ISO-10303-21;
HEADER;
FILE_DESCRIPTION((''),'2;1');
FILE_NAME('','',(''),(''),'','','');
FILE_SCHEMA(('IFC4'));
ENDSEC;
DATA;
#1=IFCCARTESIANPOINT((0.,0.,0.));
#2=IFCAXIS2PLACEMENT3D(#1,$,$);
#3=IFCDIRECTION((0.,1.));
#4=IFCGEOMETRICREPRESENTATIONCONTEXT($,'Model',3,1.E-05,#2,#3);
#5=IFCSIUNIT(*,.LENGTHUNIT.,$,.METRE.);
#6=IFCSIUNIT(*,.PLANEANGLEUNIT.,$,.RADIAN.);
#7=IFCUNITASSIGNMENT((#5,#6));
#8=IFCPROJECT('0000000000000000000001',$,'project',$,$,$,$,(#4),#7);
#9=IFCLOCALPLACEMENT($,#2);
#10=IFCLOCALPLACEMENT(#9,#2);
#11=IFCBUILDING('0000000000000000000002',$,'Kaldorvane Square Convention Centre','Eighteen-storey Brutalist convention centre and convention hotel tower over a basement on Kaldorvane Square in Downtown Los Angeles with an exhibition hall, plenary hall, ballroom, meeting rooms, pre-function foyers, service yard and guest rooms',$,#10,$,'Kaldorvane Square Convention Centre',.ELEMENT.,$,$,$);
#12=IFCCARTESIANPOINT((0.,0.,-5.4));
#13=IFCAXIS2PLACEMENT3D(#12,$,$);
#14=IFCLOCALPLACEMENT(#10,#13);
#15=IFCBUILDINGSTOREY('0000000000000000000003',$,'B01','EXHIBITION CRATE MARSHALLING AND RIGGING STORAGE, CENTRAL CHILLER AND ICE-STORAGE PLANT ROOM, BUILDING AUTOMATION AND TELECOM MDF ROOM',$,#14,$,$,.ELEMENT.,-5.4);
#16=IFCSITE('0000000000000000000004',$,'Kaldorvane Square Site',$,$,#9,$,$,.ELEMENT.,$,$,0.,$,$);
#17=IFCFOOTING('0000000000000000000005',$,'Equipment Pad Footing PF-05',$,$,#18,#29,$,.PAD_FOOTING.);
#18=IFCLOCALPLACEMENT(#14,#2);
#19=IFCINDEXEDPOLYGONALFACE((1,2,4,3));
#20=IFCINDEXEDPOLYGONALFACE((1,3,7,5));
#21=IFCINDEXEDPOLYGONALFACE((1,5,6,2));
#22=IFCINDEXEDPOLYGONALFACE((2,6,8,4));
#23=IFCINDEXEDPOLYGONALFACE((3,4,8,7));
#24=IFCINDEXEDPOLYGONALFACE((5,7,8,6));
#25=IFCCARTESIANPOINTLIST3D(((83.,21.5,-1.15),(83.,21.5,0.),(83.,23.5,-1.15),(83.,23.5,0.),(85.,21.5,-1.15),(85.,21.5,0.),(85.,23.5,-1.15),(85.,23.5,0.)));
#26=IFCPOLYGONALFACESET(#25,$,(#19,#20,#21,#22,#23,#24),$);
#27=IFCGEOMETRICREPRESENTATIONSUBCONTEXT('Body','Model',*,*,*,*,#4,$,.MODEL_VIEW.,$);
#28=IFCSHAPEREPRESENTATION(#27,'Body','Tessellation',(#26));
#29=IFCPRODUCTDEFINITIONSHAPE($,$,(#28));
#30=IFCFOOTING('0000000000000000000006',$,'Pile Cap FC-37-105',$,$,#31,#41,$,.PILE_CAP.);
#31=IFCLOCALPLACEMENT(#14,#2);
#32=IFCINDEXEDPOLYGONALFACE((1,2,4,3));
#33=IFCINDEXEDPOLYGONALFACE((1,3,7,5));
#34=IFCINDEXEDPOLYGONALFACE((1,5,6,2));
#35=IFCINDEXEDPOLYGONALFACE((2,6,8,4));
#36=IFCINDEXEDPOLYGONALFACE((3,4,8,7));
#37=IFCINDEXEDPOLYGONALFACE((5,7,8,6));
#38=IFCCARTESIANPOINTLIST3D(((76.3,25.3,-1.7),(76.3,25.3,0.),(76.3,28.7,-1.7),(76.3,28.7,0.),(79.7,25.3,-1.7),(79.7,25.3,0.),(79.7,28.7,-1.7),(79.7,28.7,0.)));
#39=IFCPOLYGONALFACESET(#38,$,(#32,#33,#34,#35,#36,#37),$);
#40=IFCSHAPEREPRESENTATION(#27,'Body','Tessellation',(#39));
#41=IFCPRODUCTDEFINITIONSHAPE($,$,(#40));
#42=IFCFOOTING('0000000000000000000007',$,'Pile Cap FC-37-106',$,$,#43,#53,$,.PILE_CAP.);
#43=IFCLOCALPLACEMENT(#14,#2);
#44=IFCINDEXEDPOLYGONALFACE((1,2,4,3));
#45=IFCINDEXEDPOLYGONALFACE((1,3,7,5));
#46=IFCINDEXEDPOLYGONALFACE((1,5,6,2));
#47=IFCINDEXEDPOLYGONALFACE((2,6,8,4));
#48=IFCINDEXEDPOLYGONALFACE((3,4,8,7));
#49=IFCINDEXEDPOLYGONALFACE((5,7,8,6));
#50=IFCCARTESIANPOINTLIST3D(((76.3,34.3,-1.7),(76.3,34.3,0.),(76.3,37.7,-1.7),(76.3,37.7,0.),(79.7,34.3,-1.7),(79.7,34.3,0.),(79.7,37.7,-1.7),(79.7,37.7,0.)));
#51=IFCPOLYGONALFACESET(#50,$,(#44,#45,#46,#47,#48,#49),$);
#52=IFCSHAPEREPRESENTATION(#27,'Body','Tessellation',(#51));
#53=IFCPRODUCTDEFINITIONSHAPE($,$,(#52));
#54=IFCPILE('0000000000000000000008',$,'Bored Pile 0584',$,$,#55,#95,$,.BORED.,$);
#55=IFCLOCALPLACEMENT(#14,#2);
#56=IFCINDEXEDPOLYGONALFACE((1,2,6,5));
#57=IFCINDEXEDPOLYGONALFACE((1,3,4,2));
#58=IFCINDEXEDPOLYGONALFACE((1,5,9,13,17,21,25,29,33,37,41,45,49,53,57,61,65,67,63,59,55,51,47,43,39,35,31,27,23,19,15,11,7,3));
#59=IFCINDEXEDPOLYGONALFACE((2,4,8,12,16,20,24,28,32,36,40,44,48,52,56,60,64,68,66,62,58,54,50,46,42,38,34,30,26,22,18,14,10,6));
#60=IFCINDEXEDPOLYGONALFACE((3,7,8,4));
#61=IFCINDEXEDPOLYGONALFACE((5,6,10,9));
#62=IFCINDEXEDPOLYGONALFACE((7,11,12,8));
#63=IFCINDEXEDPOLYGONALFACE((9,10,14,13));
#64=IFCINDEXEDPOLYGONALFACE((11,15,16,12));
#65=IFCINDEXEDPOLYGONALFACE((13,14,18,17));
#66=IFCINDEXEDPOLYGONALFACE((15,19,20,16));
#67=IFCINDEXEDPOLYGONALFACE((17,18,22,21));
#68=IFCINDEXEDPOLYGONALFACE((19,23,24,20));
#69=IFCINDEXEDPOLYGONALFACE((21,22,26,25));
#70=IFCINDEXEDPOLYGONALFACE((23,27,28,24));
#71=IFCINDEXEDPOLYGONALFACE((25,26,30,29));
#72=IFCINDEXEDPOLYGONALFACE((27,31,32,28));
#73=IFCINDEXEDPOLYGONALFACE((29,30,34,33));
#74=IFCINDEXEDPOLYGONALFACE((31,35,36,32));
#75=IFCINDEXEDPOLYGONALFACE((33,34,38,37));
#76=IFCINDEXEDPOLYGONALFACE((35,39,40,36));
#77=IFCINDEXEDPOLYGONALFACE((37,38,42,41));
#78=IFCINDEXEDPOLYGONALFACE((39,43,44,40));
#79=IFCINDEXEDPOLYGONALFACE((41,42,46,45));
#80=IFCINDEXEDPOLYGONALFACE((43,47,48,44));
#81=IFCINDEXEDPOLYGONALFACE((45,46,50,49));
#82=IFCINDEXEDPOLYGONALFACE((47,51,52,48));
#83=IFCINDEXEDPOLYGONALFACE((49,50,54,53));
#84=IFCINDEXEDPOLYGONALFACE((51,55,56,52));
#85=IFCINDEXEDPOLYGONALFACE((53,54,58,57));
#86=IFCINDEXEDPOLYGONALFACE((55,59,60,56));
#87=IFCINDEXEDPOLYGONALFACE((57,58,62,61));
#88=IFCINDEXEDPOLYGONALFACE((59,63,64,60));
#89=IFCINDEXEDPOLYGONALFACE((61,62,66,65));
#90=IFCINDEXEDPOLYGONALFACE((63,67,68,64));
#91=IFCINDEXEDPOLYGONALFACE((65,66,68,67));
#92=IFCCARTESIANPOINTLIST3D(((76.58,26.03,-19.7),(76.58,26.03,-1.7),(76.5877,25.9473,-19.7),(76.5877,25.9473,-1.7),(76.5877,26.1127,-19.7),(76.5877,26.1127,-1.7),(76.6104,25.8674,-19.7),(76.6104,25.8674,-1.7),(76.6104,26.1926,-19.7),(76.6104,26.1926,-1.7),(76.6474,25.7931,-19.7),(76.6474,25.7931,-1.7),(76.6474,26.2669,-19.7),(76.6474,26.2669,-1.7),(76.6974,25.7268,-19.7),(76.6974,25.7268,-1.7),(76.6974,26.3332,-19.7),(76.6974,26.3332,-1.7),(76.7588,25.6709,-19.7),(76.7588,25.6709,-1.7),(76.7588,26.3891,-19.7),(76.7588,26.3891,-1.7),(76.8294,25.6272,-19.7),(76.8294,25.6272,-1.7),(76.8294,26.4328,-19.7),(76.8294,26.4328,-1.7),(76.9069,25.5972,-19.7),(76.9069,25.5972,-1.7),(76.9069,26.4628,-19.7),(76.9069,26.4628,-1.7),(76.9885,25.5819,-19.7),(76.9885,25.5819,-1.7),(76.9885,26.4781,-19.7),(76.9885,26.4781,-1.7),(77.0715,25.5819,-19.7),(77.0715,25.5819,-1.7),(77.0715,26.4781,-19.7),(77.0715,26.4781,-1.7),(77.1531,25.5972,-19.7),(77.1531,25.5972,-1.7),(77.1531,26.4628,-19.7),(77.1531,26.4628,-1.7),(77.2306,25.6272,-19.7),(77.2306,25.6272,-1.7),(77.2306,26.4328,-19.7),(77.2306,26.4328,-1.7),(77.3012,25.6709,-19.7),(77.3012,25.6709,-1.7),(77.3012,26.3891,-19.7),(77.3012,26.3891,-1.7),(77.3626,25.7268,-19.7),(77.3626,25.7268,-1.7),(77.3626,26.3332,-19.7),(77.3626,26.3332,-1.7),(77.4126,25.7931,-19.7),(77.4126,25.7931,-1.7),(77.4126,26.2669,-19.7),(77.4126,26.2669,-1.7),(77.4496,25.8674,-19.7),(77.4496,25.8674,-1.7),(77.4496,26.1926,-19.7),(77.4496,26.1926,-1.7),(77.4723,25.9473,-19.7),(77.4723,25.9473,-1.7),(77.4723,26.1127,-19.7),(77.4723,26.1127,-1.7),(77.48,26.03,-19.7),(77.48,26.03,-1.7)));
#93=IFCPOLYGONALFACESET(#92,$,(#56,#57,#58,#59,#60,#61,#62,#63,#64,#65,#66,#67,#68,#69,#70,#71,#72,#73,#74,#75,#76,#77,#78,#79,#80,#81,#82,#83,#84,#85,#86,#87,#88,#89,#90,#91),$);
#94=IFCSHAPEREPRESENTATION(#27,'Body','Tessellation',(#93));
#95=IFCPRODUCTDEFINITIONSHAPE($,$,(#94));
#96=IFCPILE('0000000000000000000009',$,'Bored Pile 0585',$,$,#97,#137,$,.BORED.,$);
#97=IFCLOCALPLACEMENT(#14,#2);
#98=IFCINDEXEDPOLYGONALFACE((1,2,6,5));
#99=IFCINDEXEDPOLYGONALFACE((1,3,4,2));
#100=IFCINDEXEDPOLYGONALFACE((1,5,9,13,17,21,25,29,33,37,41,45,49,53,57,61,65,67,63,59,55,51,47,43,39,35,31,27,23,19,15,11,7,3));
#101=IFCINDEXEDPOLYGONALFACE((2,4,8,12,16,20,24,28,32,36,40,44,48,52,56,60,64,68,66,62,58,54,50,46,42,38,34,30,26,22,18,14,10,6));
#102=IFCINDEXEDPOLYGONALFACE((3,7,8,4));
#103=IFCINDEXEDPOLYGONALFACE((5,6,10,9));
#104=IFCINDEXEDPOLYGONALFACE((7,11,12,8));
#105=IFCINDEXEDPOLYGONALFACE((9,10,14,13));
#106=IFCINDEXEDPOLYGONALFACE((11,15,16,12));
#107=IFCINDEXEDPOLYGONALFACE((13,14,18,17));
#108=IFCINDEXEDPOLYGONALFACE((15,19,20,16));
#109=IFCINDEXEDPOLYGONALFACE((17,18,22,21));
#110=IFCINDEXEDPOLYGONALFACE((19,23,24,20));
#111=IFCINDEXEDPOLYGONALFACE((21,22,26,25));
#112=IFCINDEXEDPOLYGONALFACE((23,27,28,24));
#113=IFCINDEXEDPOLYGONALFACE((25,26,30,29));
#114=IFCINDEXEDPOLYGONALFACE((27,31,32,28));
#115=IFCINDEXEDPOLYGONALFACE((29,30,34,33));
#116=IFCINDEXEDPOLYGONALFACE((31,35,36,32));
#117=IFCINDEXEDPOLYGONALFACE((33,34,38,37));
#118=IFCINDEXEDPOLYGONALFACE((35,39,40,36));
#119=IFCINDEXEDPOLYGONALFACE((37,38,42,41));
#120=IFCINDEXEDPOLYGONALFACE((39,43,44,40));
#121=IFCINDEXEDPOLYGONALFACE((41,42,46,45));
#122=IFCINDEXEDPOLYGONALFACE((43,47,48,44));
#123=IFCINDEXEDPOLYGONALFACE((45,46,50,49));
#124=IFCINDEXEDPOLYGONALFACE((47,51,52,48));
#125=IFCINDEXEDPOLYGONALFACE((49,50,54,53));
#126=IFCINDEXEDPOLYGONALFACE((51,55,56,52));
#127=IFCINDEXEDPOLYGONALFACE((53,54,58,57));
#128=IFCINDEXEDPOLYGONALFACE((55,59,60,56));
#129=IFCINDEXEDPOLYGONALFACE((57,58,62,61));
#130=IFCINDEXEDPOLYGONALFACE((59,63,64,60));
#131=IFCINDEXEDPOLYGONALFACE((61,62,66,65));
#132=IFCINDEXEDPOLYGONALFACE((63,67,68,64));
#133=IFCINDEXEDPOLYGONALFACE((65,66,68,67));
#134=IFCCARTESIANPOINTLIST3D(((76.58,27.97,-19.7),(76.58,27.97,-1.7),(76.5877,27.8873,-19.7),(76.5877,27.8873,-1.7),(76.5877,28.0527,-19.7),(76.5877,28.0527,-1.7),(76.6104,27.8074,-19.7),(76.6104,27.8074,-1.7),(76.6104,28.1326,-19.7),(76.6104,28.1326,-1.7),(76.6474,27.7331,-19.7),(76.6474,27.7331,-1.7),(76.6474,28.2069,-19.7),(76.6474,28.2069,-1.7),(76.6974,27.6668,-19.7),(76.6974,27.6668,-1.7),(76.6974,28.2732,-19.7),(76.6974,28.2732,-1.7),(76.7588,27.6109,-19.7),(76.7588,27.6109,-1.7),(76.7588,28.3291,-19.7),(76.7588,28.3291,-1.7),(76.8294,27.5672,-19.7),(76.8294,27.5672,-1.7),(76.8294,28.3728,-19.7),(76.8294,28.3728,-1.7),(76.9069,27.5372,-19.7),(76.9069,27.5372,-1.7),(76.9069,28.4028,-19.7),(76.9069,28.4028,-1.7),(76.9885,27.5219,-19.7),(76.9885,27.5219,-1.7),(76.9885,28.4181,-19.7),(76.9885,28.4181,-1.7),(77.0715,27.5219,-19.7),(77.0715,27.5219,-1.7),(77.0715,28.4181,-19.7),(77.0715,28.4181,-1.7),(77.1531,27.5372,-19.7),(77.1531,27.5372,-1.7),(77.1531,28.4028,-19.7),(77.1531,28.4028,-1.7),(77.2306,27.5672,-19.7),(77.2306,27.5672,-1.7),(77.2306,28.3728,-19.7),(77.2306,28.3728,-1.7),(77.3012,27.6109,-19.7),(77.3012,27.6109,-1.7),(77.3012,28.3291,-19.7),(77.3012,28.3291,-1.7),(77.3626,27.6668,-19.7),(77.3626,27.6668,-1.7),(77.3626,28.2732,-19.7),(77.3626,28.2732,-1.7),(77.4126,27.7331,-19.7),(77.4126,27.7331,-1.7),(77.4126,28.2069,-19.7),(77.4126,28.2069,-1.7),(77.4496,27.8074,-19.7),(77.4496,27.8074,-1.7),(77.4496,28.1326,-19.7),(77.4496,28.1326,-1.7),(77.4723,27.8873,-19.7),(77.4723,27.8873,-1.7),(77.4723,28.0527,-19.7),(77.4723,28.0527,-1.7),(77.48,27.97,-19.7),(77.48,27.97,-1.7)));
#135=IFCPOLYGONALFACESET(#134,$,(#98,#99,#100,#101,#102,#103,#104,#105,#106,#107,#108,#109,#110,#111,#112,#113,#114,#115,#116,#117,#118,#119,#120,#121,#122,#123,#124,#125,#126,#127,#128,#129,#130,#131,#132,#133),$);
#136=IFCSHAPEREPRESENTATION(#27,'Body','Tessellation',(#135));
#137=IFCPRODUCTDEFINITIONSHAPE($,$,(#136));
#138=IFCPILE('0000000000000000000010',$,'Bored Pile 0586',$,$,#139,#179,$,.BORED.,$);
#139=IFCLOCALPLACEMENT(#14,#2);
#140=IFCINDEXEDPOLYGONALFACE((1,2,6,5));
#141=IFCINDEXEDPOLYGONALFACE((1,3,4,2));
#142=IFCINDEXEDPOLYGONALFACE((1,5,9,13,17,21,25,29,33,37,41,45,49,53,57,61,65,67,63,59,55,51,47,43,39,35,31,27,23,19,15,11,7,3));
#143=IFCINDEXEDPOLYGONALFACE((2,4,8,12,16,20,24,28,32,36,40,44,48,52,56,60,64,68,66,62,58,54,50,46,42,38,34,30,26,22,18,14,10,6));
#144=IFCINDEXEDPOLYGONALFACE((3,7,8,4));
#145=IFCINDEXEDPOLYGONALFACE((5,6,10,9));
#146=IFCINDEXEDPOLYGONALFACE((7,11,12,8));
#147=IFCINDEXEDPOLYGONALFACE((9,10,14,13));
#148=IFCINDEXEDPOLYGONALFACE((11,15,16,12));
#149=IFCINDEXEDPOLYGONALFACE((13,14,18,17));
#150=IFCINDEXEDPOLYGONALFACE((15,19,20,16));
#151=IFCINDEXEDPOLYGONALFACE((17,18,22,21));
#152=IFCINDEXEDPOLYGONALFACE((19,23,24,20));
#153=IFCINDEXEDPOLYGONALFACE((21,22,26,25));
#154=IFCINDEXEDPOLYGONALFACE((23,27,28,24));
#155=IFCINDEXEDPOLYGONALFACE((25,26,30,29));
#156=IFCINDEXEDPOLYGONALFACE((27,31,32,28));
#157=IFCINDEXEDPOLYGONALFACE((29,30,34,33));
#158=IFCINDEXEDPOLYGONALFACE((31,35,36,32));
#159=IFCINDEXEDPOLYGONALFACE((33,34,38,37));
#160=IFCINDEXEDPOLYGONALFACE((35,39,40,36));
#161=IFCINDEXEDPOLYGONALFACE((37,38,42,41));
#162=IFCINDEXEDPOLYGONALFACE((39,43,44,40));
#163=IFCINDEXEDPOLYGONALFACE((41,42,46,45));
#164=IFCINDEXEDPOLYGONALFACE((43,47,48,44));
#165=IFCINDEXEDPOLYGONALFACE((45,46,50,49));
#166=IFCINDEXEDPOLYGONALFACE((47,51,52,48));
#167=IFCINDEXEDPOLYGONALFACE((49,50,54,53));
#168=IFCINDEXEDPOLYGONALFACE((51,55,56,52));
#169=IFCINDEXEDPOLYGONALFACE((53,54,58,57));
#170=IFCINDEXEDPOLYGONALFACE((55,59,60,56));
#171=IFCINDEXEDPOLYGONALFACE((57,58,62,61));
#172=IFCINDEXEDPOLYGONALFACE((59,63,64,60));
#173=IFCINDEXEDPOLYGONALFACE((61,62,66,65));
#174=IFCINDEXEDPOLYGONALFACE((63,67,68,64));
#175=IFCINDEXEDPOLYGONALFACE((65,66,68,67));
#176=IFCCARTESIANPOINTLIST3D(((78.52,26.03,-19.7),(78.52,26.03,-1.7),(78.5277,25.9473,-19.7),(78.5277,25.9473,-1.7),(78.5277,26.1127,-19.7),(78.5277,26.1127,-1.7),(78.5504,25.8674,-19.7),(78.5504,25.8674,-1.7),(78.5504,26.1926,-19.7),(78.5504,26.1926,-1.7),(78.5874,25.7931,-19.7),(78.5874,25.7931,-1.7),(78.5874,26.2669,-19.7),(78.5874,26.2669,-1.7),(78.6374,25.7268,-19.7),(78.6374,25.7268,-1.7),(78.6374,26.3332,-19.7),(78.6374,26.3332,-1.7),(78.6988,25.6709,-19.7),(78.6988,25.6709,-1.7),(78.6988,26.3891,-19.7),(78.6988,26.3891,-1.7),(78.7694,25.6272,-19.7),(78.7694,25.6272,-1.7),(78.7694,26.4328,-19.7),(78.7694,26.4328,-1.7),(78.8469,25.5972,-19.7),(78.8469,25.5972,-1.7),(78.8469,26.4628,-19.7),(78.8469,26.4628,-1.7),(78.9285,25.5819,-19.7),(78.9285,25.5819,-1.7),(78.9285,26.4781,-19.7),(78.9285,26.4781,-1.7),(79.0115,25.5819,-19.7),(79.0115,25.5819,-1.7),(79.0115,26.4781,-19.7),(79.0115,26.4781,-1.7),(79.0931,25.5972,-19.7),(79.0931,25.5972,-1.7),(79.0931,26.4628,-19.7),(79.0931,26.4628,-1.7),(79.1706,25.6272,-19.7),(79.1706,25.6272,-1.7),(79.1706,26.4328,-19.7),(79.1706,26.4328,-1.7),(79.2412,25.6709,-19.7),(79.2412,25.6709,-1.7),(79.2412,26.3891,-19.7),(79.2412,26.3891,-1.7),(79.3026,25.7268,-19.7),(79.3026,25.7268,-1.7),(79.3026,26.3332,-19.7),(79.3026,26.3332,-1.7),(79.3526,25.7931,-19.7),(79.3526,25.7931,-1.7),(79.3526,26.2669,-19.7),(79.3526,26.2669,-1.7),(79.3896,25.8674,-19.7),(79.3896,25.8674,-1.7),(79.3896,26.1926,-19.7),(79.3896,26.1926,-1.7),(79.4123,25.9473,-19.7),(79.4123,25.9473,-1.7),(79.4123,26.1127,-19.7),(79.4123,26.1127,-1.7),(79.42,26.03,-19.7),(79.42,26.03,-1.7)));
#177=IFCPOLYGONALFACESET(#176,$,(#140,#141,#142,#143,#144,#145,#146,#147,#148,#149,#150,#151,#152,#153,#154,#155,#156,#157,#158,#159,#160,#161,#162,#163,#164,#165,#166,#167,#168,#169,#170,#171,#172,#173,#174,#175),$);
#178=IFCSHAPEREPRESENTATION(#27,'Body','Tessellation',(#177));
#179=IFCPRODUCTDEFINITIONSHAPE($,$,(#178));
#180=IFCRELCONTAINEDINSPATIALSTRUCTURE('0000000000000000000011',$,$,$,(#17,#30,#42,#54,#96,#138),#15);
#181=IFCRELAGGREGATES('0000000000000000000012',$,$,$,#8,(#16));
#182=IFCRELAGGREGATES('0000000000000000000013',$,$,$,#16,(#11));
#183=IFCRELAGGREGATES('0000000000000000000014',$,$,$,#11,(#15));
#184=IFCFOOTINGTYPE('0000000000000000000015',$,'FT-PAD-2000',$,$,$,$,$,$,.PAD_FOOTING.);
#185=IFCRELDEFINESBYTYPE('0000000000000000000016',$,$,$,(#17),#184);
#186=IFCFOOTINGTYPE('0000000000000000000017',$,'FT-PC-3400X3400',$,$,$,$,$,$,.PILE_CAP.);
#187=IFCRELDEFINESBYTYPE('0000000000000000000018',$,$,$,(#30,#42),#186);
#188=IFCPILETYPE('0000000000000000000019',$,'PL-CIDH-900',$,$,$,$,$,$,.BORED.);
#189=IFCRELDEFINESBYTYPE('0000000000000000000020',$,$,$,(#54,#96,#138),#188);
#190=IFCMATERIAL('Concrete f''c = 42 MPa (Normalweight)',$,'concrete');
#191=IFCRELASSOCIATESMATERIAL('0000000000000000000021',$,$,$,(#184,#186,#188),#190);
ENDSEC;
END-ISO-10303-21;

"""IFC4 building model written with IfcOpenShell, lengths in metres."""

from ifc_helpers import new_model, si_unit, direction, frame, origin, origin_2d, place, context, subcontext, project, spatial, rectangle, circle, extrude, material, material_profile, profile_set, type_object, element, save


model = new_model("IFC4")

# Units and contexts
model_context = context("Model", 3, precision=1e-05, world=origin(), true_north=direction((0.0, 1.0)))
body_context = subcontext(model_context, "Body", "Model", "MODEL_VIEW")
ifc_project = project(units=[si_unit("LENGTHUNIT", "METRE"), si_unit("PLANEANGLEUNIT", "RADIAN")], contexts=[model_context])

# Site, building, storey
site_placement = place(None, origin())
site = spatial("IfcSite", under=ifc_project, at=site_placement, Name="Kaldorvane Square Site", CompositionType="ELEMENT", RefElevation=0.0)
building_placement = place(site_placement, origin())
building = spatial("IfcBuilding", under=site, at=building_placement, Name="Kaldorvane Square Convention Centre", Description="Eighteen-storey Brutalist convention centre and convention hotel tower over a basement on Kaldorvane Square in Downtown Los Angeles with an exhibition hall, plenary hall, ballroom, meeting rooms, pre-function foyers, service yard and guest rooms", LongName="Kaldorvane Square Convention Centre", CompositionType="ELEMENT")
storey_placement = place(building_placement, frame((0.0, 0.0, -5.4)))
storey = spatial("IfcBuildingStorey", under=building, at=storey_placement, Name="B01", Description="EXHIBITION CRATE MARSHALLING AND RIGGING STORAGE, CENTRAL CHILLER AND ICE-STORAGE PLANT ROOM, BUILDING AUTOMATION AND TELECOM MDF ROOM", CompositionType="ELEMENT", Elevation=-5.4)

# Footings
ifc_material_1 = material(Name="Concrete f'c = 42 MPa (Normalweight)", Category="concrete")
footing_type_1 = type_object("IfcFootingType", Name="FT-PAD-2000", PredefinedType="PAD_FOOTING", material=ifc_material_1)
footing_placement = place(storey_placement, frame((84.0, 22.5, -1.15), z_axis=(0.0, 0.0, 1.0), x_axis=(1.0, 0.0, 0.0)))
element("IfcFooting", 1, at=footing_placement, inside=storey, type_object=footing_type_1, Name="Equipment Pad Footing PF-05", PredefinedType="PAD_FOOTING", context=body_context, shape_type="SweptSolid", body=[
    extrude(rectangle(XDim=2.0, YDim=2.0, at=origin_2d()), origin(), (0.0, 0.0, 1.0), 1.15),
])
footing_type_2 = type_object("IfcFootingType", Name="FT-PC-3400X3400", PredefinedType="PILE_CAP", material=ifc_material_1)
for number, where, z_axis, x_axis, name in (
    (2, (78.0, 27.0, -1.7), (0.0, 0.0, 1.0), (1.0, 0.0, 0.0), "Pile Cap FC-37-105"),
    (3, (78.0, 36.0, -1.7), (0.0, 0.0, 1.0), (1.0, 0.0, 0.0), "Pile Cap FC-37-106"),
):
    element("IfcFooting", number, at=place(storey_placement, frame(where, z_axis=z_axis, x_axis=x_axis)), inside=storey, type_object=footing_type_2, Name=name, PredefinedType="PILE_CAP", context=body_context, shape_type="SweptSolid", body=[
        extrude(rectangle(XDim=3.4, YDim=3.4, at=origin_2d()), origin(), (0.0, 0.0, 1.0), 1.7),
    ])

# Piles
ifc_material_profile_1 = material_profile(ifc_material_1, circle(Radius=0.45, at=origin_2d()), Name="PILE-D900")
ifc_profile_set_1 = profile_set([ifc_material_profile_1], Name="Concrete f'c = 42 MPa (Normalweight)")
pile_type = type_object("IfcPileType", Name="PL-CIDH-900", PredefinedType="BORED", material=ifc_profile_set_1)
for number, where, z_axis, x_axis, name in (
    (4, (77.03, 26.03, -1.7), (0.0, 0.0, -1.0), (1.0, 0.0, 0.0), "Bored Pile 0584"),
    (5, (77.03, 27.97, -1.7), (0.0, 0.0, -1.0), (1.0, 0.0, 0.0), "Bored Pile 0585"),
    (6, (78.97, 26.03, -1.7), (0.0, 0.0, -1.0), (1.0, 0.0, 0.0), "Bored Pile 0586"),
):
    element("IfcPile", number, at=place(storey_placement, frame(where, z_axis=z_axis, x_axis=x_axis)), inside=storey, type_object=pile_type, Name=name, PredefinedType="BORED", context=body_context, shape_type="SweptSolid", body=[
        extrude(circle(Radius=0.45, at=origin_2d()), origin(), (0.0, 0.0, 1.0), 18.0),
    ])

save(model, "model.ifc")
